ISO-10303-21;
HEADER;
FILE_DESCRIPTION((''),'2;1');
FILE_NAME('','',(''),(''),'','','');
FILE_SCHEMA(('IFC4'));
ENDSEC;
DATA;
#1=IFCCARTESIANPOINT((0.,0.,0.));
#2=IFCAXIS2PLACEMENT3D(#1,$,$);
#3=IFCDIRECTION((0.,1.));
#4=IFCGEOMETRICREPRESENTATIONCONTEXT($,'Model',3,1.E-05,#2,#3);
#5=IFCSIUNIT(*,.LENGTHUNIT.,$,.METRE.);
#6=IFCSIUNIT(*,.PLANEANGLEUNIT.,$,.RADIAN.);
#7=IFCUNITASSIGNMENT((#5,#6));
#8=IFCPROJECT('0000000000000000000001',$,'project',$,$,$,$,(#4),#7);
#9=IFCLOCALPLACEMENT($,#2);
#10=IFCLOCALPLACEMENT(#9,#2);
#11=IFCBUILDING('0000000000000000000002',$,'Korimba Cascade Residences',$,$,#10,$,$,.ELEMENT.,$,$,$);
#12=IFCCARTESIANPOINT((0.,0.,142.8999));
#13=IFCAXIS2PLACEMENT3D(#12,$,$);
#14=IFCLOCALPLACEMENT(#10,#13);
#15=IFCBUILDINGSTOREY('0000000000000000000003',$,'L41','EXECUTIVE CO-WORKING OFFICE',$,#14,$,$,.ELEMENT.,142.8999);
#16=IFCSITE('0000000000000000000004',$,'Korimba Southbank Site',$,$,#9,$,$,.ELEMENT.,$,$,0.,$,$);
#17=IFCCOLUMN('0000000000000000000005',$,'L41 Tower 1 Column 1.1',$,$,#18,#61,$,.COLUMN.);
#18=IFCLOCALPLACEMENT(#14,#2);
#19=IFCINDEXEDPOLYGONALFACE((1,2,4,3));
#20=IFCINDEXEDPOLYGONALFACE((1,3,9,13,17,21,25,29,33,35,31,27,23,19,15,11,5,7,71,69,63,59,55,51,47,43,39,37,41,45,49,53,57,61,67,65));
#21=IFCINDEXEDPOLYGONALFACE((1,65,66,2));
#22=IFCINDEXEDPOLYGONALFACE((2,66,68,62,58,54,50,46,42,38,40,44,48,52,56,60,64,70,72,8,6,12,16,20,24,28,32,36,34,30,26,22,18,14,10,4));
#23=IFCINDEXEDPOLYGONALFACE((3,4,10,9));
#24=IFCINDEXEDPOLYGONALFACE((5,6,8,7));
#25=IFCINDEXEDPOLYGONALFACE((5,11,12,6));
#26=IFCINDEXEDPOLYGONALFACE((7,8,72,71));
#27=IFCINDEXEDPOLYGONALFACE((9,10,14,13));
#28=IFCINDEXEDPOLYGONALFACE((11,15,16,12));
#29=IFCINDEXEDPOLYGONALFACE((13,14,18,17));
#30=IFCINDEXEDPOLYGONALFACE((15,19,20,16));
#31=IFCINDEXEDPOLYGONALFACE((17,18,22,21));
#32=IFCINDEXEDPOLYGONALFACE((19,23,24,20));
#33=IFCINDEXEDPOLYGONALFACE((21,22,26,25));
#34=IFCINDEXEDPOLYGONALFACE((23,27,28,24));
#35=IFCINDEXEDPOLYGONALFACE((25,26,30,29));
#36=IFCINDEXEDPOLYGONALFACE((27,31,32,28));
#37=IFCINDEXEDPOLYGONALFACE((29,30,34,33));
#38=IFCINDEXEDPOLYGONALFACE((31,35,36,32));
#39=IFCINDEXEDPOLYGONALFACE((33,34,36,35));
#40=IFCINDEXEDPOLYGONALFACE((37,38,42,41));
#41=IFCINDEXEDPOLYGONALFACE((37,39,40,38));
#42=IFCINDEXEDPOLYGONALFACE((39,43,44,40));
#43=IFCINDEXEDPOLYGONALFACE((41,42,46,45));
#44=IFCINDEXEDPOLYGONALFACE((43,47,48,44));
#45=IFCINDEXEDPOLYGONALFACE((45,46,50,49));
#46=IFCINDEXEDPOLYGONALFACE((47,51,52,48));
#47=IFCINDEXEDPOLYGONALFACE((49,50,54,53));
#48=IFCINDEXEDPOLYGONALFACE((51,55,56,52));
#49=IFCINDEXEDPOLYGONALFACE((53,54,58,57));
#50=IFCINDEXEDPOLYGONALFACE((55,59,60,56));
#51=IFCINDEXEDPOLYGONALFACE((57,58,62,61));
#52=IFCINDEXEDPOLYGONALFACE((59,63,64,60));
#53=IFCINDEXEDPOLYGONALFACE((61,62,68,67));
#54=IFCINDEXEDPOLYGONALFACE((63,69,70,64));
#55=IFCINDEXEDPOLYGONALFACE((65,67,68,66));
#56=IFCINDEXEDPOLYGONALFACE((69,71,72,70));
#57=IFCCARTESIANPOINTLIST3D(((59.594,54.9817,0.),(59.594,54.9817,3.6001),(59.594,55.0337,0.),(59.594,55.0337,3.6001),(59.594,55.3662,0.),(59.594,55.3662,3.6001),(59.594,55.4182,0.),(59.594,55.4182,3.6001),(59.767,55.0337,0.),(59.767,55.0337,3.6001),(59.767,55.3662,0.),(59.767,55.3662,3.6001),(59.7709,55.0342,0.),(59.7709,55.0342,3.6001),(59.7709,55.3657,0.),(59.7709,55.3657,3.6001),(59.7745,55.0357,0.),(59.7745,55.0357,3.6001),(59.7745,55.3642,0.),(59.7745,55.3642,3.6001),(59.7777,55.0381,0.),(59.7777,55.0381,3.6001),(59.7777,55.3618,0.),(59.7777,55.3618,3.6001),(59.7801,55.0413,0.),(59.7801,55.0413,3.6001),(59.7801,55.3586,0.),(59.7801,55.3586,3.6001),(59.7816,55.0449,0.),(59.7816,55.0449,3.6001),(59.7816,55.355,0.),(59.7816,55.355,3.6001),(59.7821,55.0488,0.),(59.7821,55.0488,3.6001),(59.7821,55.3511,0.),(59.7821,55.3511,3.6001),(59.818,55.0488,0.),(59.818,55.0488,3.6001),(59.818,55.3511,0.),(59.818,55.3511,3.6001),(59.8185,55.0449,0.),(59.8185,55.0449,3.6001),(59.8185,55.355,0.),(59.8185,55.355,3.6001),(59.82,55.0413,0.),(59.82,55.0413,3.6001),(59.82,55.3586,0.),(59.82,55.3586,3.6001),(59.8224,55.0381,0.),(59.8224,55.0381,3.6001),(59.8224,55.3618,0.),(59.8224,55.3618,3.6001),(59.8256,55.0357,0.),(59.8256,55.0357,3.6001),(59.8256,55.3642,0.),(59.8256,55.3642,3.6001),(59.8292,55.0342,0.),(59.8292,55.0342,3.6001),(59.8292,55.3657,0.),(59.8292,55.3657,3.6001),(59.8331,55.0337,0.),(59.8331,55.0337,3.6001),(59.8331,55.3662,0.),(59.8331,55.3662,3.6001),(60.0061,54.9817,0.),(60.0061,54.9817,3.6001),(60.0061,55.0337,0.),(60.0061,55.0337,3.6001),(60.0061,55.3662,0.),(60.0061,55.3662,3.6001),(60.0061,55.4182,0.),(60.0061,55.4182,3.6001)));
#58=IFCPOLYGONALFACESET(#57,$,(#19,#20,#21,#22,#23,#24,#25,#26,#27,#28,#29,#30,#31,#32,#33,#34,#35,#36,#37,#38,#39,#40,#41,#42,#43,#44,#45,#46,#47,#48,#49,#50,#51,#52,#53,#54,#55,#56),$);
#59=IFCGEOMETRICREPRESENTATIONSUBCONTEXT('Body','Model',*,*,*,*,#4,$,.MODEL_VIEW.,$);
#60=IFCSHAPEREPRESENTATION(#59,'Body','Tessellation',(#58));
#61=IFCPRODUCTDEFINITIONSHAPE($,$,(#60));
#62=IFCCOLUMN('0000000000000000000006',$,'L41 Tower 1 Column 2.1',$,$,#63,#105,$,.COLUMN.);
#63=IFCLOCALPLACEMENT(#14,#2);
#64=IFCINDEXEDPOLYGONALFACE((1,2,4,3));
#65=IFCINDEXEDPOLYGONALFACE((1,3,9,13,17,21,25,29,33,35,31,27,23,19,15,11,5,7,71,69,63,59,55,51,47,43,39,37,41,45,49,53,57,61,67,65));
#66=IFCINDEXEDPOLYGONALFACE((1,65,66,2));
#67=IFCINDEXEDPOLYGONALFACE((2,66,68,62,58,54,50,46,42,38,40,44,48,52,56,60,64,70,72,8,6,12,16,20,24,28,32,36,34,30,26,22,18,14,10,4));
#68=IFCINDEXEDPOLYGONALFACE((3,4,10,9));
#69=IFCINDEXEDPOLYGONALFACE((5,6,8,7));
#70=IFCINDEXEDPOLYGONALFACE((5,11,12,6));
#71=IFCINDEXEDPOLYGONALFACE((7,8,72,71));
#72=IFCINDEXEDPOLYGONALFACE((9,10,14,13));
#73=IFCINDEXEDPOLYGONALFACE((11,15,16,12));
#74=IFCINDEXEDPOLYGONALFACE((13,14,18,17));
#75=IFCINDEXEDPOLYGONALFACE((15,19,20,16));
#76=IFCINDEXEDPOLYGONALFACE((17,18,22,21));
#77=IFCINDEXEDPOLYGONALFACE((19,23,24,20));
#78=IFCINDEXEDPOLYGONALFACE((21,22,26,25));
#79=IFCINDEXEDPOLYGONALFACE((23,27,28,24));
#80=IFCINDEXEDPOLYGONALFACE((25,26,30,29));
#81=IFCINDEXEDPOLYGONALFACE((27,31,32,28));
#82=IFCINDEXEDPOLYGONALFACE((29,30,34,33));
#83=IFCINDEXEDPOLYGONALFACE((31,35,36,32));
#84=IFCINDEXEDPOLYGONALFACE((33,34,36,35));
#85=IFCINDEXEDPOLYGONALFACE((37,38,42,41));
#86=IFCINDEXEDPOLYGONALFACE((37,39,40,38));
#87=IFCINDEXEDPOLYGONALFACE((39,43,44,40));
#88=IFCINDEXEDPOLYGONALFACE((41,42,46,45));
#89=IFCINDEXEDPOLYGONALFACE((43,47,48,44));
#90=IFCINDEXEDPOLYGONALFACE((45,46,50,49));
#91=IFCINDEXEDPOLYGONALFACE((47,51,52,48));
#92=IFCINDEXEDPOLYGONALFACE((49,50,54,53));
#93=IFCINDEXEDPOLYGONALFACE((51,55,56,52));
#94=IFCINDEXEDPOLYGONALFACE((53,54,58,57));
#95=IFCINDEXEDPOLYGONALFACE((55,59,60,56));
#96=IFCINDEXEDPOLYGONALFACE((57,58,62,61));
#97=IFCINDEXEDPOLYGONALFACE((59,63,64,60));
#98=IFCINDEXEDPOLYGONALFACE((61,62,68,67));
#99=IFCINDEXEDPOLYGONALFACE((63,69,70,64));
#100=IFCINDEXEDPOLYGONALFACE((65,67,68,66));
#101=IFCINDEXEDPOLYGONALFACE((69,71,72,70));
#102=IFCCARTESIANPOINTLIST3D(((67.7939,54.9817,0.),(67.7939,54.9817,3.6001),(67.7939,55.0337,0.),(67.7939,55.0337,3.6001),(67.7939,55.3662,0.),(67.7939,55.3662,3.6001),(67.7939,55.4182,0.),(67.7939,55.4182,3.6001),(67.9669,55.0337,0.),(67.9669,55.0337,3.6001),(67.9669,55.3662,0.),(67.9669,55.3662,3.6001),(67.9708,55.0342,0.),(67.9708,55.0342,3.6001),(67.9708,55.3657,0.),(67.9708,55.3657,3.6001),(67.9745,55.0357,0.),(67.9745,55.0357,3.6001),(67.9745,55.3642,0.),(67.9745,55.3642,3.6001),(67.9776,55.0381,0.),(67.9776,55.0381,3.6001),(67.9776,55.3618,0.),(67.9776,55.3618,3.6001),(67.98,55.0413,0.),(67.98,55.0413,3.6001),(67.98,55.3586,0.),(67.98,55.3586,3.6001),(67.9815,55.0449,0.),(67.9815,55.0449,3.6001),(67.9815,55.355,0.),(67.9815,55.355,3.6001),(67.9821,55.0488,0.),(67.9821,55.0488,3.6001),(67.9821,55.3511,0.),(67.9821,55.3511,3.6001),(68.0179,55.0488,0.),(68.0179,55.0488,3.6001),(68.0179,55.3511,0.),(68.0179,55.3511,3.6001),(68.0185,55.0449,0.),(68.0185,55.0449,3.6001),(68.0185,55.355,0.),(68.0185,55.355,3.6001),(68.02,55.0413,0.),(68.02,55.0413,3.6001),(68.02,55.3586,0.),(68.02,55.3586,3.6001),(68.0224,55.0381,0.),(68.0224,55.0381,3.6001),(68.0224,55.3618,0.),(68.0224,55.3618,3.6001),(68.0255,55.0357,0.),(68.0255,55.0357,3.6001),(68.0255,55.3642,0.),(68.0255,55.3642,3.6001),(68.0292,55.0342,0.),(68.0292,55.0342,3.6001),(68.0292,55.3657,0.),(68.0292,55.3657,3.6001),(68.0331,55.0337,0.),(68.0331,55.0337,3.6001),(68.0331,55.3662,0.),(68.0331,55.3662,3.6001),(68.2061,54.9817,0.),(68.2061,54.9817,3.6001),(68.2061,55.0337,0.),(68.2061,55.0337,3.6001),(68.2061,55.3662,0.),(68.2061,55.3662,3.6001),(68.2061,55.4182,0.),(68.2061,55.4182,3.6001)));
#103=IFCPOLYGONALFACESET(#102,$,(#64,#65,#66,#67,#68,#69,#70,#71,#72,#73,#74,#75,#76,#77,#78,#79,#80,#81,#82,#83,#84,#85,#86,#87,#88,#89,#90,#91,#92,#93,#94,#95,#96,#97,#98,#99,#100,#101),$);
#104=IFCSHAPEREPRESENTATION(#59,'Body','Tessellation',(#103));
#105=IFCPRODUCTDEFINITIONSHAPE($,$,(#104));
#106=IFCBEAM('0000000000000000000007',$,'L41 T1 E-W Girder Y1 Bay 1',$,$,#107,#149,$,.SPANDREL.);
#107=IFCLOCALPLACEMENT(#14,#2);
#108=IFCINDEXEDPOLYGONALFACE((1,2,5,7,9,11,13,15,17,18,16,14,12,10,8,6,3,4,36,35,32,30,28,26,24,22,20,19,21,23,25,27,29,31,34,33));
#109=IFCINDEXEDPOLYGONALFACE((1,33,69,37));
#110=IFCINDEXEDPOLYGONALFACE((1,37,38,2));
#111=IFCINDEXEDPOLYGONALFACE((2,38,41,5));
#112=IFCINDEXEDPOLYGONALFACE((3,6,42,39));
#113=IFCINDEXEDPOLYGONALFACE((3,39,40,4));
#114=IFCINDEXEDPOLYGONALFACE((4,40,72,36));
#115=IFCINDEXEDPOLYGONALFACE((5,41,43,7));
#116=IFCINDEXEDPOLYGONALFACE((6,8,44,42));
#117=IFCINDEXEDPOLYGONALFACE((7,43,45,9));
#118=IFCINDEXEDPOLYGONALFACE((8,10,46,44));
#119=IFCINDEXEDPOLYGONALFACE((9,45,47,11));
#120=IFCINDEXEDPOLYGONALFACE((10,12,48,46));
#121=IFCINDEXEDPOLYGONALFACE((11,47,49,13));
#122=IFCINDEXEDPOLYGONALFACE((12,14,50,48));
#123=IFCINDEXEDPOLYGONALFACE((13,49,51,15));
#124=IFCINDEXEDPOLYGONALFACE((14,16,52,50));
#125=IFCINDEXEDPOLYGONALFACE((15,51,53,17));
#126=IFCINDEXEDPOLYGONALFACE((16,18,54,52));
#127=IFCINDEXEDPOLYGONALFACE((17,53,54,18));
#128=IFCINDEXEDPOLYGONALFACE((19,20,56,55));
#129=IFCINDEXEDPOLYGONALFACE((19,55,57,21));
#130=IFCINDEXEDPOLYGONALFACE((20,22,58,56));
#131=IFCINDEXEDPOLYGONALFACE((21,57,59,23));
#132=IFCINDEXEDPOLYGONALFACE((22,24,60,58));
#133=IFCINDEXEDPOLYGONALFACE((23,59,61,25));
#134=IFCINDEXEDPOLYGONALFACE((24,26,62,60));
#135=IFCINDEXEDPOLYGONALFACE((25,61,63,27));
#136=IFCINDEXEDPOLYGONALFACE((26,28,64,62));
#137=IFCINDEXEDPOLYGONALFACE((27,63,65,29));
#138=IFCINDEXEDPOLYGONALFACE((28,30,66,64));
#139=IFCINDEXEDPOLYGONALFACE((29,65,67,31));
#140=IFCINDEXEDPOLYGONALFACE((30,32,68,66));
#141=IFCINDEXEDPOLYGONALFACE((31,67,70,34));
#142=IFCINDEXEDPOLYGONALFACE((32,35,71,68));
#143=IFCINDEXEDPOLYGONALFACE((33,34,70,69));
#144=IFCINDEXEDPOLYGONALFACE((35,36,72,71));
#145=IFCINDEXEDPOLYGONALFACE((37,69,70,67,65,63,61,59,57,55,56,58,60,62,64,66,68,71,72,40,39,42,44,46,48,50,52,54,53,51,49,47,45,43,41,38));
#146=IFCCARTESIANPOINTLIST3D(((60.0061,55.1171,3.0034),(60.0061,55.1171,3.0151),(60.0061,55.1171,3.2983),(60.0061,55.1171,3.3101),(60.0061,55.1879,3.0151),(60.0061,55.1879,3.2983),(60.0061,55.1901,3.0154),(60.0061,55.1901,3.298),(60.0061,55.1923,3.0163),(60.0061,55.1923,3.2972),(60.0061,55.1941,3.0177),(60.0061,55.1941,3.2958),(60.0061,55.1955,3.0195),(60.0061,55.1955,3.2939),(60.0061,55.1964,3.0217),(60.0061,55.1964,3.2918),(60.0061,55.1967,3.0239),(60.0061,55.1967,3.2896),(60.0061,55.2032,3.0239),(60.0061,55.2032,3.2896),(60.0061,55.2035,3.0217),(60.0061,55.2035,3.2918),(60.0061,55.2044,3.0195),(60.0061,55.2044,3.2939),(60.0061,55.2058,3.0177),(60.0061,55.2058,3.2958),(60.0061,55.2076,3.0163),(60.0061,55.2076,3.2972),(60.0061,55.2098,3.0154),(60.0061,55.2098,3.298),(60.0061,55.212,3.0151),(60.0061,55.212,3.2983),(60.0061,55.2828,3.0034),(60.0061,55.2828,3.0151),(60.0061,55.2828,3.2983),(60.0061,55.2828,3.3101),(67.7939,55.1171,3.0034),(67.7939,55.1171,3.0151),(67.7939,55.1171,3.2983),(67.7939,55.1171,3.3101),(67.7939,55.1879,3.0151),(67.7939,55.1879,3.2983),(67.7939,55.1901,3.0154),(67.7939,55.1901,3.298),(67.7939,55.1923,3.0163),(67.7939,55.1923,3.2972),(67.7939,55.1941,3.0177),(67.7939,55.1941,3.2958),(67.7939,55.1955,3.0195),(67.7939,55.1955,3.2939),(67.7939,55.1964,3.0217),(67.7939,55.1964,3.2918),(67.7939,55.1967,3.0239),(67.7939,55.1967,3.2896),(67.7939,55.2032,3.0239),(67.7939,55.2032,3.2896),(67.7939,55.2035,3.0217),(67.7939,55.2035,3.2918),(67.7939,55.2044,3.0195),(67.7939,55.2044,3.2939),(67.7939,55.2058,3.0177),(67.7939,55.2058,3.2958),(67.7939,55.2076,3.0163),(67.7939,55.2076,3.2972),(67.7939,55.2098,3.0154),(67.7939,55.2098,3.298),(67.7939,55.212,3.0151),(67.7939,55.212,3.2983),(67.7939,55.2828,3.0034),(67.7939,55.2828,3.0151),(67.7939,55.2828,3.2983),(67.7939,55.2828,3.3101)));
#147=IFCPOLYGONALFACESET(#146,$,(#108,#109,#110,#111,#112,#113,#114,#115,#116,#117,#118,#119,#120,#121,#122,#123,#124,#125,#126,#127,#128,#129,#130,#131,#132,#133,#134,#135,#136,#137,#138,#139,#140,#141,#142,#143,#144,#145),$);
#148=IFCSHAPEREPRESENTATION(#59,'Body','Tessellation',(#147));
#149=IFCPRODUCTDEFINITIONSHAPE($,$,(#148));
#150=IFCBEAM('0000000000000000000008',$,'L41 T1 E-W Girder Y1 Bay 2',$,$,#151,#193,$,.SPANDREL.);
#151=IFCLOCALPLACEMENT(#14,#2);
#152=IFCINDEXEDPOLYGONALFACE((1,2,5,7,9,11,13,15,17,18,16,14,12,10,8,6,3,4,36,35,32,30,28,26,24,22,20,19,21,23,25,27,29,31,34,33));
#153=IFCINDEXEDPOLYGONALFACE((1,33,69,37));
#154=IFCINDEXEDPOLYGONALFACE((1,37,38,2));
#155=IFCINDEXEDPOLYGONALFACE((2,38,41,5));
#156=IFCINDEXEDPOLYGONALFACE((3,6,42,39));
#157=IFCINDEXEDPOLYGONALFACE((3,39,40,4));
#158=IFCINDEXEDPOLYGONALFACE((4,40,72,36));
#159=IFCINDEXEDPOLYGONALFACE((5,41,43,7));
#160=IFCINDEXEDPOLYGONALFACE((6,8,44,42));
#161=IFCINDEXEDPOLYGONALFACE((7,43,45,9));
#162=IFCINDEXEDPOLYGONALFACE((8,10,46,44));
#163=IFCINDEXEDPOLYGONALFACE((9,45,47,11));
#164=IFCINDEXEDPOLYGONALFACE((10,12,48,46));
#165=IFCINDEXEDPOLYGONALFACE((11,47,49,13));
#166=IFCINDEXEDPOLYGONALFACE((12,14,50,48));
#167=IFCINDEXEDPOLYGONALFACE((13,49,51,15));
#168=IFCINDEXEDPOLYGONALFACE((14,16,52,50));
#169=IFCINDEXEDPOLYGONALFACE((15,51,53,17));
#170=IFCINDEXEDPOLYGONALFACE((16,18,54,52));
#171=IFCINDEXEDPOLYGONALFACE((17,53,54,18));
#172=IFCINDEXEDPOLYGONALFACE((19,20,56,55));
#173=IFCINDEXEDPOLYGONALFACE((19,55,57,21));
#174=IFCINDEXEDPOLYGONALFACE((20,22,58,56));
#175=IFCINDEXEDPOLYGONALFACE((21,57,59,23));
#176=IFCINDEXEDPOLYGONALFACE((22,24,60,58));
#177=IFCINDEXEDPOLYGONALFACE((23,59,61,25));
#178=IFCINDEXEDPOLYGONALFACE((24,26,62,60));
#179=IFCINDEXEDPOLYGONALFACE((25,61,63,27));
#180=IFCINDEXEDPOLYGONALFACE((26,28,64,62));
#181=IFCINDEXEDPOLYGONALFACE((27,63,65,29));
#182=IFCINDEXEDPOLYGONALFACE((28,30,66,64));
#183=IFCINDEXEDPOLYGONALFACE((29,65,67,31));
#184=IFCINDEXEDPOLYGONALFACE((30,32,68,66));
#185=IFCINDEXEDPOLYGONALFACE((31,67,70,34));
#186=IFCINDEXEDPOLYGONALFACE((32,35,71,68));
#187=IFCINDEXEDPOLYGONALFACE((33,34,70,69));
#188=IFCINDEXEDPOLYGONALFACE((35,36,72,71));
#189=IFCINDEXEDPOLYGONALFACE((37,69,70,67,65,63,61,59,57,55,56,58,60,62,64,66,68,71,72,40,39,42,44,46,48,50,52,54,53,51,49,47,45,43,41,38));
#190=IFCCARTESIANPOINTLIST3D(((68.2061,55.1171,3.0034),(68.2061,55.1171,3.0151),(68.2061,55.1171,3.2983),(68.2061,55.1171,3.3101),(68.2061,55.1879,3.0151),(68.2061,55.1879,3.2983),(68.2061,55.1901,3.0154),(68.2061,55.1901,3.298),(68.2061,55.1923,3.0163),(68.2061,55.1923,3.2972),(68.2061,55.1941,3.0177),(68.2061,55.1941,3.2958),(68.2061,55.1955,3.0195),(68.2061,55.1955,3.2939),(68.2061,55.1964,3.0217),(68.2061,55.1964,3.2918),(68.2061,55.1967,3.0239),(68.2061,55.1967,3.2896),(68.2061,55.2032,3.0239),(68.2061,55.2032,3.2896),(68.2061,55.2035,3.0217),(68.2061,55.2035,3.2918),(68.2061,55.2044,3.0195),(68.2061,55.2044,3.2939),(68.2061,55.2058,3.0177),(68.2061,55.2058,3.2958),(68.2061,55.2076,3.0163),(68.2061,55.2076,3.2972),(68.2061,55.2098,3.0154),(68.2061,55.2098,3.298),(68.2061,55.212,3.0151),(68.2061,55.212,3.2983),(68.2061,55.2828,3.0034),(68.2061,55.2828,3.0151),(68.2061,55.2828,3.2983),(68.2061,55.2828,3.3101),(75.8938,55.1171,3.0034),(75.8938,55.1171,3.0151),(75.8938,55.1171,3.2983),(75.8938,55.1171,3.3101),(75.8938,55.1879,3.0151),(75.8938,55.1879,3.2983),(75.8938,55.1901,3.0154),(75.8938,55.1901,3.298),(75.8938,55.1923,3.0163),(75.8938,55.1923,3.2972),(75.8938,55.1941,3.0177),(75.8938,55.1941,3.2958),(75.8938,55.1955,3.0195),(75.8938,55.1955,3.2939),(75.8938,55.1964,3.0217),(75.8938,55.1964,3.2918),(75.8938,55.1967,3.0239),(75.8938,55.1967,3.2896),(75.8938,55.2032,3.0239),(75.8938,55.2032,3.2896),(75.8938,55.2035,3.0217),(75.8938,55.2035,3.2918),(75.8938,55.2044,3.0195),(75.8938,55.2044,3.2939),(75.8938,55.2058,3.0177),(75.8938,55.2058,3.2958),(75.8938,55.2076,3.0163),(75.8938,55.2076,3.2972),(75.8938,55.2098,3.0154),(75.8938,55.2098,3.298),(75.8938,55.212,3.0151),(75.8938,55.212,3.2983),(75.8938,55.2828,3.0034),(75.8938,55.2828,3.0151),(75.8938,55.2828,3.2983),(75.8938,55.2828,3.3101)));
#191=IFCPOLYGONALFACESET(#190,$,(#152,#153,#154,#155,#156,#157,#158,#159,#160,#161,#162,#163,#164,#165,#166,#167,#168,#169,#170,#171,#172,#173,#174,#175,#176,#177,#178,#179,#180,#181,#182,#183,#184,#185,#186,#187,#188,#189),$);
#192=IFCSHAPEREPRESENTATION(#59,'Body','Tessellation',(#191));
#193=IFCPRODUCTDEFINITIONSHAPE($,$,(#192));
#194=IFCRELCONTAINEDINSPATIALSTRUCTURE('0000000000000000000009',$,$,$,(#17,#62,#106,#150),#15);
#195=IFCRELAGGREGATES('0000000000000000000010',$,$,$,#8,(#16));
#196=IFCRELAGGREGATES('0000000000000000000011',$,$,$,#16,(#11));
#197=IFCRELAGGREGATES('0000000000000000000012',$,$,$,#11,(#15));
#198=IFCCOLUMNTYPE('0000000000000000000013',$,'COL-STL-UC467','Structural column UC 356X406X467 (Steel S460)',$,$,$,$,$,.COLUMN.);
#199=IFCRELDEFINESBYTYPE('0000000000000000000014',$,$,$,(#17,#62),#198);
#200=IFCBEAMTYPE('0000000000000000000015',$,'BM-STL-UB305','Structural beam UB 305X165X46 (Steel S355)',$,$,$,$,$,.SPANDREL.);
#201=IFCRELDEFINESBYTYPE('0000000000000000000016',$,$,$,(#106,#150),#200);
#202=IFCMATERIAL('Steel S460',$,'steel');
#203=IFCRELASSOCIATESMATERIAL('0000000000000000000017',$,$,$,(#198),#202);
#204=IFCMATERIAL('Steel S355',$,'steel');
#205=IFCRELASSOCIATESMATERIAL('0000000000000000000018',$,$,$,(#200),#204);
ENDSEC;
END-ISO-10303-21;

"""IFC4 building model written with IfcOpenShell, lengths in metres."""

from ifc_helpers import new_model, si_unit, direction, frame, origin, origin_2d, place, context, subcontext, project, spatial, i_section, extrude, material, material_profile, profile_set, type_object, element, save


model = new_model("IFC4")

# Units and contexts
model_context = context("Model", 3, precision=1e-05, world=origin(), true_north=direction((0.0, 1.0)))
body_context = subcontext(model_context, "Body", "Model", "MODEL_VIEW")
ifc_project = project(units=[si_unit("LENGTHUNIT", "METRE"), si_unit("PLANEANGLEUNIT", "RADIAN")], contexts=[model_context])

# Site, building, storey
site_placement = place(None, origin())
site = spatial("IfcSite", under=ifc_project, at=site_placement, Name="Korimba Southbank Site", CompositionType="ELEMENT", RefElevation=0.0)
building_placement = place(site_placement, origin())
building = spatial("IfcBuilding", under=site, at=building_placement, Name="Korimba Cascade Residences", CompositionType="ELEMENT")
storey_placement = place(building_placement, frame((0.0, 0.0, 142.8999)))
storey = spatial("IfcBuildingStorey", under=building, at=storey_placement, Name="L41", Description="EXECUTIVE CO-WORKING OFFICE", CompositionType="ELEMENT", Elevation=142.8999)

# Columns
ifc_material_1 = material(Name="Steel S460", Category="steel")
ifc_material_profile_1 = material_profile(ifc_material_1, i_section(OverallWidth=0.4121, OverallDepth=0.4365, WebThickness=0.0359, FlangeThickness=0.052, FilletRadius=0.0151, at=origin_2d()), Name="Steel S460")
ifc_profile_set_1 = profile_set([ifc_material_profile_1], Name="Steel S460")
column_type = type_object("IfcColumnType", Name="COL-STL-UC467", Description="Structural column UC 356X406X467 (Steel S460)", PredefinedType="COLUMN", material=ifc_profile_set_1)
for number, where, z_axis, x_axis, name in (
    (1, (59.8, 55.2, 0.0), (0.0, 0.0, 1.0), (1.0, 0.0, 0.0), "L41 Tower 1 Column 1.1"),
    (2, (68.0, 55.2, 0.0), (0.0, 0.0, 1.0), (1.0, 0.0, 0.0), "L41 Tower 1 Column 2.1"),
):
    element("IfcColumn", number, at=place(storey_placement, frame(where, z_axis=z_axis, x_axis=x_axis)), inside=storey, type_object=column_type, Name=name, PredefinedType="COLUMN", context=body_context, shape_type="SweptSolid", body=[
        extrude(i_section(OverallWidth=0.4121, OverallDepth=0.4365, WebThickness=0.0359, FlangeThickness=0.052, FilletRadius=0.0151, at=origin_2d()), origin(), (0.0, 0.0, 1.0), 3.6001),
    ])

# Beams
ifc_material_2 = material(Name="Steel S355", Category="steel")
ifc_material_profile_2 = material_profile(ifc_material_2, i_section(OverallWidth=0.1658, OverallDepth=0.3066, WebThickness=0.0066, FlangeThickness=0.0117, FilletRadius=0.0088, at=origin_2d()), Name="Steel S355")
ifc_profile_set_2 = profile_set([ifc_material_profile_2], Name="Steel S355")
beam_type_1 = type_object("IfcBeamType", Name="BM-STL-UB305", Description="Structural beam UB 305X165X46 (Steel S355)", PredefinedType="SPANDREL", material=ifc_profile_set_2)
beam_1_placement = place(storey_placement, frame((60.0061, 55.2, 3.1567), z_axis=(1.0, 0.0, 0.0), x_axis=(0.0, 1.0, 0.0)))
element("IfcBeam", 3, at=beam_1_placement, inside=storey, type_object=beam_type_1, Name="L41 T1 E-W Girder Y1 Bay 1", PredefinedType="SPANDREL", context=body_context, shape_type="SweptSolid", body=[
    extrude(i_section(OverallWidth=0.1658, OverallDepth=0.3066, WebThickness=0.0066, FlangeThickness=0.0117, FilletRadius=0.0088, at=origin_2d()), origin(), (0.0, 0.0, 1.0), 7.7878),
])
beam_2_placement = place(storey_placement, frame((68.2061, 55.2, 3.1567), z_axis=(1.0, 0.0, 0.0), x_axis=(0.0, 1.0, 0.0)))
element("IfcBeam", 4, at=beam_2_placement, inside=storey, type_object=beam_type_1, Name="L41 T1 E-W Girder Y1 Bay 2", PredefinedType="SPANDREL", context=body_context, shape_type="SweptSolid", body=[
    extrude(i_section(OverallWidth=0.1658, OverallDepth=0.3066, WebThickness=0.0066, FlangeThickness=0.0117, FilletRadius=0.0088, at=origin_2d()), origin(), (0.0, 0.0, 1.0), 7.6877),
])

save(model, "model.ifc")
